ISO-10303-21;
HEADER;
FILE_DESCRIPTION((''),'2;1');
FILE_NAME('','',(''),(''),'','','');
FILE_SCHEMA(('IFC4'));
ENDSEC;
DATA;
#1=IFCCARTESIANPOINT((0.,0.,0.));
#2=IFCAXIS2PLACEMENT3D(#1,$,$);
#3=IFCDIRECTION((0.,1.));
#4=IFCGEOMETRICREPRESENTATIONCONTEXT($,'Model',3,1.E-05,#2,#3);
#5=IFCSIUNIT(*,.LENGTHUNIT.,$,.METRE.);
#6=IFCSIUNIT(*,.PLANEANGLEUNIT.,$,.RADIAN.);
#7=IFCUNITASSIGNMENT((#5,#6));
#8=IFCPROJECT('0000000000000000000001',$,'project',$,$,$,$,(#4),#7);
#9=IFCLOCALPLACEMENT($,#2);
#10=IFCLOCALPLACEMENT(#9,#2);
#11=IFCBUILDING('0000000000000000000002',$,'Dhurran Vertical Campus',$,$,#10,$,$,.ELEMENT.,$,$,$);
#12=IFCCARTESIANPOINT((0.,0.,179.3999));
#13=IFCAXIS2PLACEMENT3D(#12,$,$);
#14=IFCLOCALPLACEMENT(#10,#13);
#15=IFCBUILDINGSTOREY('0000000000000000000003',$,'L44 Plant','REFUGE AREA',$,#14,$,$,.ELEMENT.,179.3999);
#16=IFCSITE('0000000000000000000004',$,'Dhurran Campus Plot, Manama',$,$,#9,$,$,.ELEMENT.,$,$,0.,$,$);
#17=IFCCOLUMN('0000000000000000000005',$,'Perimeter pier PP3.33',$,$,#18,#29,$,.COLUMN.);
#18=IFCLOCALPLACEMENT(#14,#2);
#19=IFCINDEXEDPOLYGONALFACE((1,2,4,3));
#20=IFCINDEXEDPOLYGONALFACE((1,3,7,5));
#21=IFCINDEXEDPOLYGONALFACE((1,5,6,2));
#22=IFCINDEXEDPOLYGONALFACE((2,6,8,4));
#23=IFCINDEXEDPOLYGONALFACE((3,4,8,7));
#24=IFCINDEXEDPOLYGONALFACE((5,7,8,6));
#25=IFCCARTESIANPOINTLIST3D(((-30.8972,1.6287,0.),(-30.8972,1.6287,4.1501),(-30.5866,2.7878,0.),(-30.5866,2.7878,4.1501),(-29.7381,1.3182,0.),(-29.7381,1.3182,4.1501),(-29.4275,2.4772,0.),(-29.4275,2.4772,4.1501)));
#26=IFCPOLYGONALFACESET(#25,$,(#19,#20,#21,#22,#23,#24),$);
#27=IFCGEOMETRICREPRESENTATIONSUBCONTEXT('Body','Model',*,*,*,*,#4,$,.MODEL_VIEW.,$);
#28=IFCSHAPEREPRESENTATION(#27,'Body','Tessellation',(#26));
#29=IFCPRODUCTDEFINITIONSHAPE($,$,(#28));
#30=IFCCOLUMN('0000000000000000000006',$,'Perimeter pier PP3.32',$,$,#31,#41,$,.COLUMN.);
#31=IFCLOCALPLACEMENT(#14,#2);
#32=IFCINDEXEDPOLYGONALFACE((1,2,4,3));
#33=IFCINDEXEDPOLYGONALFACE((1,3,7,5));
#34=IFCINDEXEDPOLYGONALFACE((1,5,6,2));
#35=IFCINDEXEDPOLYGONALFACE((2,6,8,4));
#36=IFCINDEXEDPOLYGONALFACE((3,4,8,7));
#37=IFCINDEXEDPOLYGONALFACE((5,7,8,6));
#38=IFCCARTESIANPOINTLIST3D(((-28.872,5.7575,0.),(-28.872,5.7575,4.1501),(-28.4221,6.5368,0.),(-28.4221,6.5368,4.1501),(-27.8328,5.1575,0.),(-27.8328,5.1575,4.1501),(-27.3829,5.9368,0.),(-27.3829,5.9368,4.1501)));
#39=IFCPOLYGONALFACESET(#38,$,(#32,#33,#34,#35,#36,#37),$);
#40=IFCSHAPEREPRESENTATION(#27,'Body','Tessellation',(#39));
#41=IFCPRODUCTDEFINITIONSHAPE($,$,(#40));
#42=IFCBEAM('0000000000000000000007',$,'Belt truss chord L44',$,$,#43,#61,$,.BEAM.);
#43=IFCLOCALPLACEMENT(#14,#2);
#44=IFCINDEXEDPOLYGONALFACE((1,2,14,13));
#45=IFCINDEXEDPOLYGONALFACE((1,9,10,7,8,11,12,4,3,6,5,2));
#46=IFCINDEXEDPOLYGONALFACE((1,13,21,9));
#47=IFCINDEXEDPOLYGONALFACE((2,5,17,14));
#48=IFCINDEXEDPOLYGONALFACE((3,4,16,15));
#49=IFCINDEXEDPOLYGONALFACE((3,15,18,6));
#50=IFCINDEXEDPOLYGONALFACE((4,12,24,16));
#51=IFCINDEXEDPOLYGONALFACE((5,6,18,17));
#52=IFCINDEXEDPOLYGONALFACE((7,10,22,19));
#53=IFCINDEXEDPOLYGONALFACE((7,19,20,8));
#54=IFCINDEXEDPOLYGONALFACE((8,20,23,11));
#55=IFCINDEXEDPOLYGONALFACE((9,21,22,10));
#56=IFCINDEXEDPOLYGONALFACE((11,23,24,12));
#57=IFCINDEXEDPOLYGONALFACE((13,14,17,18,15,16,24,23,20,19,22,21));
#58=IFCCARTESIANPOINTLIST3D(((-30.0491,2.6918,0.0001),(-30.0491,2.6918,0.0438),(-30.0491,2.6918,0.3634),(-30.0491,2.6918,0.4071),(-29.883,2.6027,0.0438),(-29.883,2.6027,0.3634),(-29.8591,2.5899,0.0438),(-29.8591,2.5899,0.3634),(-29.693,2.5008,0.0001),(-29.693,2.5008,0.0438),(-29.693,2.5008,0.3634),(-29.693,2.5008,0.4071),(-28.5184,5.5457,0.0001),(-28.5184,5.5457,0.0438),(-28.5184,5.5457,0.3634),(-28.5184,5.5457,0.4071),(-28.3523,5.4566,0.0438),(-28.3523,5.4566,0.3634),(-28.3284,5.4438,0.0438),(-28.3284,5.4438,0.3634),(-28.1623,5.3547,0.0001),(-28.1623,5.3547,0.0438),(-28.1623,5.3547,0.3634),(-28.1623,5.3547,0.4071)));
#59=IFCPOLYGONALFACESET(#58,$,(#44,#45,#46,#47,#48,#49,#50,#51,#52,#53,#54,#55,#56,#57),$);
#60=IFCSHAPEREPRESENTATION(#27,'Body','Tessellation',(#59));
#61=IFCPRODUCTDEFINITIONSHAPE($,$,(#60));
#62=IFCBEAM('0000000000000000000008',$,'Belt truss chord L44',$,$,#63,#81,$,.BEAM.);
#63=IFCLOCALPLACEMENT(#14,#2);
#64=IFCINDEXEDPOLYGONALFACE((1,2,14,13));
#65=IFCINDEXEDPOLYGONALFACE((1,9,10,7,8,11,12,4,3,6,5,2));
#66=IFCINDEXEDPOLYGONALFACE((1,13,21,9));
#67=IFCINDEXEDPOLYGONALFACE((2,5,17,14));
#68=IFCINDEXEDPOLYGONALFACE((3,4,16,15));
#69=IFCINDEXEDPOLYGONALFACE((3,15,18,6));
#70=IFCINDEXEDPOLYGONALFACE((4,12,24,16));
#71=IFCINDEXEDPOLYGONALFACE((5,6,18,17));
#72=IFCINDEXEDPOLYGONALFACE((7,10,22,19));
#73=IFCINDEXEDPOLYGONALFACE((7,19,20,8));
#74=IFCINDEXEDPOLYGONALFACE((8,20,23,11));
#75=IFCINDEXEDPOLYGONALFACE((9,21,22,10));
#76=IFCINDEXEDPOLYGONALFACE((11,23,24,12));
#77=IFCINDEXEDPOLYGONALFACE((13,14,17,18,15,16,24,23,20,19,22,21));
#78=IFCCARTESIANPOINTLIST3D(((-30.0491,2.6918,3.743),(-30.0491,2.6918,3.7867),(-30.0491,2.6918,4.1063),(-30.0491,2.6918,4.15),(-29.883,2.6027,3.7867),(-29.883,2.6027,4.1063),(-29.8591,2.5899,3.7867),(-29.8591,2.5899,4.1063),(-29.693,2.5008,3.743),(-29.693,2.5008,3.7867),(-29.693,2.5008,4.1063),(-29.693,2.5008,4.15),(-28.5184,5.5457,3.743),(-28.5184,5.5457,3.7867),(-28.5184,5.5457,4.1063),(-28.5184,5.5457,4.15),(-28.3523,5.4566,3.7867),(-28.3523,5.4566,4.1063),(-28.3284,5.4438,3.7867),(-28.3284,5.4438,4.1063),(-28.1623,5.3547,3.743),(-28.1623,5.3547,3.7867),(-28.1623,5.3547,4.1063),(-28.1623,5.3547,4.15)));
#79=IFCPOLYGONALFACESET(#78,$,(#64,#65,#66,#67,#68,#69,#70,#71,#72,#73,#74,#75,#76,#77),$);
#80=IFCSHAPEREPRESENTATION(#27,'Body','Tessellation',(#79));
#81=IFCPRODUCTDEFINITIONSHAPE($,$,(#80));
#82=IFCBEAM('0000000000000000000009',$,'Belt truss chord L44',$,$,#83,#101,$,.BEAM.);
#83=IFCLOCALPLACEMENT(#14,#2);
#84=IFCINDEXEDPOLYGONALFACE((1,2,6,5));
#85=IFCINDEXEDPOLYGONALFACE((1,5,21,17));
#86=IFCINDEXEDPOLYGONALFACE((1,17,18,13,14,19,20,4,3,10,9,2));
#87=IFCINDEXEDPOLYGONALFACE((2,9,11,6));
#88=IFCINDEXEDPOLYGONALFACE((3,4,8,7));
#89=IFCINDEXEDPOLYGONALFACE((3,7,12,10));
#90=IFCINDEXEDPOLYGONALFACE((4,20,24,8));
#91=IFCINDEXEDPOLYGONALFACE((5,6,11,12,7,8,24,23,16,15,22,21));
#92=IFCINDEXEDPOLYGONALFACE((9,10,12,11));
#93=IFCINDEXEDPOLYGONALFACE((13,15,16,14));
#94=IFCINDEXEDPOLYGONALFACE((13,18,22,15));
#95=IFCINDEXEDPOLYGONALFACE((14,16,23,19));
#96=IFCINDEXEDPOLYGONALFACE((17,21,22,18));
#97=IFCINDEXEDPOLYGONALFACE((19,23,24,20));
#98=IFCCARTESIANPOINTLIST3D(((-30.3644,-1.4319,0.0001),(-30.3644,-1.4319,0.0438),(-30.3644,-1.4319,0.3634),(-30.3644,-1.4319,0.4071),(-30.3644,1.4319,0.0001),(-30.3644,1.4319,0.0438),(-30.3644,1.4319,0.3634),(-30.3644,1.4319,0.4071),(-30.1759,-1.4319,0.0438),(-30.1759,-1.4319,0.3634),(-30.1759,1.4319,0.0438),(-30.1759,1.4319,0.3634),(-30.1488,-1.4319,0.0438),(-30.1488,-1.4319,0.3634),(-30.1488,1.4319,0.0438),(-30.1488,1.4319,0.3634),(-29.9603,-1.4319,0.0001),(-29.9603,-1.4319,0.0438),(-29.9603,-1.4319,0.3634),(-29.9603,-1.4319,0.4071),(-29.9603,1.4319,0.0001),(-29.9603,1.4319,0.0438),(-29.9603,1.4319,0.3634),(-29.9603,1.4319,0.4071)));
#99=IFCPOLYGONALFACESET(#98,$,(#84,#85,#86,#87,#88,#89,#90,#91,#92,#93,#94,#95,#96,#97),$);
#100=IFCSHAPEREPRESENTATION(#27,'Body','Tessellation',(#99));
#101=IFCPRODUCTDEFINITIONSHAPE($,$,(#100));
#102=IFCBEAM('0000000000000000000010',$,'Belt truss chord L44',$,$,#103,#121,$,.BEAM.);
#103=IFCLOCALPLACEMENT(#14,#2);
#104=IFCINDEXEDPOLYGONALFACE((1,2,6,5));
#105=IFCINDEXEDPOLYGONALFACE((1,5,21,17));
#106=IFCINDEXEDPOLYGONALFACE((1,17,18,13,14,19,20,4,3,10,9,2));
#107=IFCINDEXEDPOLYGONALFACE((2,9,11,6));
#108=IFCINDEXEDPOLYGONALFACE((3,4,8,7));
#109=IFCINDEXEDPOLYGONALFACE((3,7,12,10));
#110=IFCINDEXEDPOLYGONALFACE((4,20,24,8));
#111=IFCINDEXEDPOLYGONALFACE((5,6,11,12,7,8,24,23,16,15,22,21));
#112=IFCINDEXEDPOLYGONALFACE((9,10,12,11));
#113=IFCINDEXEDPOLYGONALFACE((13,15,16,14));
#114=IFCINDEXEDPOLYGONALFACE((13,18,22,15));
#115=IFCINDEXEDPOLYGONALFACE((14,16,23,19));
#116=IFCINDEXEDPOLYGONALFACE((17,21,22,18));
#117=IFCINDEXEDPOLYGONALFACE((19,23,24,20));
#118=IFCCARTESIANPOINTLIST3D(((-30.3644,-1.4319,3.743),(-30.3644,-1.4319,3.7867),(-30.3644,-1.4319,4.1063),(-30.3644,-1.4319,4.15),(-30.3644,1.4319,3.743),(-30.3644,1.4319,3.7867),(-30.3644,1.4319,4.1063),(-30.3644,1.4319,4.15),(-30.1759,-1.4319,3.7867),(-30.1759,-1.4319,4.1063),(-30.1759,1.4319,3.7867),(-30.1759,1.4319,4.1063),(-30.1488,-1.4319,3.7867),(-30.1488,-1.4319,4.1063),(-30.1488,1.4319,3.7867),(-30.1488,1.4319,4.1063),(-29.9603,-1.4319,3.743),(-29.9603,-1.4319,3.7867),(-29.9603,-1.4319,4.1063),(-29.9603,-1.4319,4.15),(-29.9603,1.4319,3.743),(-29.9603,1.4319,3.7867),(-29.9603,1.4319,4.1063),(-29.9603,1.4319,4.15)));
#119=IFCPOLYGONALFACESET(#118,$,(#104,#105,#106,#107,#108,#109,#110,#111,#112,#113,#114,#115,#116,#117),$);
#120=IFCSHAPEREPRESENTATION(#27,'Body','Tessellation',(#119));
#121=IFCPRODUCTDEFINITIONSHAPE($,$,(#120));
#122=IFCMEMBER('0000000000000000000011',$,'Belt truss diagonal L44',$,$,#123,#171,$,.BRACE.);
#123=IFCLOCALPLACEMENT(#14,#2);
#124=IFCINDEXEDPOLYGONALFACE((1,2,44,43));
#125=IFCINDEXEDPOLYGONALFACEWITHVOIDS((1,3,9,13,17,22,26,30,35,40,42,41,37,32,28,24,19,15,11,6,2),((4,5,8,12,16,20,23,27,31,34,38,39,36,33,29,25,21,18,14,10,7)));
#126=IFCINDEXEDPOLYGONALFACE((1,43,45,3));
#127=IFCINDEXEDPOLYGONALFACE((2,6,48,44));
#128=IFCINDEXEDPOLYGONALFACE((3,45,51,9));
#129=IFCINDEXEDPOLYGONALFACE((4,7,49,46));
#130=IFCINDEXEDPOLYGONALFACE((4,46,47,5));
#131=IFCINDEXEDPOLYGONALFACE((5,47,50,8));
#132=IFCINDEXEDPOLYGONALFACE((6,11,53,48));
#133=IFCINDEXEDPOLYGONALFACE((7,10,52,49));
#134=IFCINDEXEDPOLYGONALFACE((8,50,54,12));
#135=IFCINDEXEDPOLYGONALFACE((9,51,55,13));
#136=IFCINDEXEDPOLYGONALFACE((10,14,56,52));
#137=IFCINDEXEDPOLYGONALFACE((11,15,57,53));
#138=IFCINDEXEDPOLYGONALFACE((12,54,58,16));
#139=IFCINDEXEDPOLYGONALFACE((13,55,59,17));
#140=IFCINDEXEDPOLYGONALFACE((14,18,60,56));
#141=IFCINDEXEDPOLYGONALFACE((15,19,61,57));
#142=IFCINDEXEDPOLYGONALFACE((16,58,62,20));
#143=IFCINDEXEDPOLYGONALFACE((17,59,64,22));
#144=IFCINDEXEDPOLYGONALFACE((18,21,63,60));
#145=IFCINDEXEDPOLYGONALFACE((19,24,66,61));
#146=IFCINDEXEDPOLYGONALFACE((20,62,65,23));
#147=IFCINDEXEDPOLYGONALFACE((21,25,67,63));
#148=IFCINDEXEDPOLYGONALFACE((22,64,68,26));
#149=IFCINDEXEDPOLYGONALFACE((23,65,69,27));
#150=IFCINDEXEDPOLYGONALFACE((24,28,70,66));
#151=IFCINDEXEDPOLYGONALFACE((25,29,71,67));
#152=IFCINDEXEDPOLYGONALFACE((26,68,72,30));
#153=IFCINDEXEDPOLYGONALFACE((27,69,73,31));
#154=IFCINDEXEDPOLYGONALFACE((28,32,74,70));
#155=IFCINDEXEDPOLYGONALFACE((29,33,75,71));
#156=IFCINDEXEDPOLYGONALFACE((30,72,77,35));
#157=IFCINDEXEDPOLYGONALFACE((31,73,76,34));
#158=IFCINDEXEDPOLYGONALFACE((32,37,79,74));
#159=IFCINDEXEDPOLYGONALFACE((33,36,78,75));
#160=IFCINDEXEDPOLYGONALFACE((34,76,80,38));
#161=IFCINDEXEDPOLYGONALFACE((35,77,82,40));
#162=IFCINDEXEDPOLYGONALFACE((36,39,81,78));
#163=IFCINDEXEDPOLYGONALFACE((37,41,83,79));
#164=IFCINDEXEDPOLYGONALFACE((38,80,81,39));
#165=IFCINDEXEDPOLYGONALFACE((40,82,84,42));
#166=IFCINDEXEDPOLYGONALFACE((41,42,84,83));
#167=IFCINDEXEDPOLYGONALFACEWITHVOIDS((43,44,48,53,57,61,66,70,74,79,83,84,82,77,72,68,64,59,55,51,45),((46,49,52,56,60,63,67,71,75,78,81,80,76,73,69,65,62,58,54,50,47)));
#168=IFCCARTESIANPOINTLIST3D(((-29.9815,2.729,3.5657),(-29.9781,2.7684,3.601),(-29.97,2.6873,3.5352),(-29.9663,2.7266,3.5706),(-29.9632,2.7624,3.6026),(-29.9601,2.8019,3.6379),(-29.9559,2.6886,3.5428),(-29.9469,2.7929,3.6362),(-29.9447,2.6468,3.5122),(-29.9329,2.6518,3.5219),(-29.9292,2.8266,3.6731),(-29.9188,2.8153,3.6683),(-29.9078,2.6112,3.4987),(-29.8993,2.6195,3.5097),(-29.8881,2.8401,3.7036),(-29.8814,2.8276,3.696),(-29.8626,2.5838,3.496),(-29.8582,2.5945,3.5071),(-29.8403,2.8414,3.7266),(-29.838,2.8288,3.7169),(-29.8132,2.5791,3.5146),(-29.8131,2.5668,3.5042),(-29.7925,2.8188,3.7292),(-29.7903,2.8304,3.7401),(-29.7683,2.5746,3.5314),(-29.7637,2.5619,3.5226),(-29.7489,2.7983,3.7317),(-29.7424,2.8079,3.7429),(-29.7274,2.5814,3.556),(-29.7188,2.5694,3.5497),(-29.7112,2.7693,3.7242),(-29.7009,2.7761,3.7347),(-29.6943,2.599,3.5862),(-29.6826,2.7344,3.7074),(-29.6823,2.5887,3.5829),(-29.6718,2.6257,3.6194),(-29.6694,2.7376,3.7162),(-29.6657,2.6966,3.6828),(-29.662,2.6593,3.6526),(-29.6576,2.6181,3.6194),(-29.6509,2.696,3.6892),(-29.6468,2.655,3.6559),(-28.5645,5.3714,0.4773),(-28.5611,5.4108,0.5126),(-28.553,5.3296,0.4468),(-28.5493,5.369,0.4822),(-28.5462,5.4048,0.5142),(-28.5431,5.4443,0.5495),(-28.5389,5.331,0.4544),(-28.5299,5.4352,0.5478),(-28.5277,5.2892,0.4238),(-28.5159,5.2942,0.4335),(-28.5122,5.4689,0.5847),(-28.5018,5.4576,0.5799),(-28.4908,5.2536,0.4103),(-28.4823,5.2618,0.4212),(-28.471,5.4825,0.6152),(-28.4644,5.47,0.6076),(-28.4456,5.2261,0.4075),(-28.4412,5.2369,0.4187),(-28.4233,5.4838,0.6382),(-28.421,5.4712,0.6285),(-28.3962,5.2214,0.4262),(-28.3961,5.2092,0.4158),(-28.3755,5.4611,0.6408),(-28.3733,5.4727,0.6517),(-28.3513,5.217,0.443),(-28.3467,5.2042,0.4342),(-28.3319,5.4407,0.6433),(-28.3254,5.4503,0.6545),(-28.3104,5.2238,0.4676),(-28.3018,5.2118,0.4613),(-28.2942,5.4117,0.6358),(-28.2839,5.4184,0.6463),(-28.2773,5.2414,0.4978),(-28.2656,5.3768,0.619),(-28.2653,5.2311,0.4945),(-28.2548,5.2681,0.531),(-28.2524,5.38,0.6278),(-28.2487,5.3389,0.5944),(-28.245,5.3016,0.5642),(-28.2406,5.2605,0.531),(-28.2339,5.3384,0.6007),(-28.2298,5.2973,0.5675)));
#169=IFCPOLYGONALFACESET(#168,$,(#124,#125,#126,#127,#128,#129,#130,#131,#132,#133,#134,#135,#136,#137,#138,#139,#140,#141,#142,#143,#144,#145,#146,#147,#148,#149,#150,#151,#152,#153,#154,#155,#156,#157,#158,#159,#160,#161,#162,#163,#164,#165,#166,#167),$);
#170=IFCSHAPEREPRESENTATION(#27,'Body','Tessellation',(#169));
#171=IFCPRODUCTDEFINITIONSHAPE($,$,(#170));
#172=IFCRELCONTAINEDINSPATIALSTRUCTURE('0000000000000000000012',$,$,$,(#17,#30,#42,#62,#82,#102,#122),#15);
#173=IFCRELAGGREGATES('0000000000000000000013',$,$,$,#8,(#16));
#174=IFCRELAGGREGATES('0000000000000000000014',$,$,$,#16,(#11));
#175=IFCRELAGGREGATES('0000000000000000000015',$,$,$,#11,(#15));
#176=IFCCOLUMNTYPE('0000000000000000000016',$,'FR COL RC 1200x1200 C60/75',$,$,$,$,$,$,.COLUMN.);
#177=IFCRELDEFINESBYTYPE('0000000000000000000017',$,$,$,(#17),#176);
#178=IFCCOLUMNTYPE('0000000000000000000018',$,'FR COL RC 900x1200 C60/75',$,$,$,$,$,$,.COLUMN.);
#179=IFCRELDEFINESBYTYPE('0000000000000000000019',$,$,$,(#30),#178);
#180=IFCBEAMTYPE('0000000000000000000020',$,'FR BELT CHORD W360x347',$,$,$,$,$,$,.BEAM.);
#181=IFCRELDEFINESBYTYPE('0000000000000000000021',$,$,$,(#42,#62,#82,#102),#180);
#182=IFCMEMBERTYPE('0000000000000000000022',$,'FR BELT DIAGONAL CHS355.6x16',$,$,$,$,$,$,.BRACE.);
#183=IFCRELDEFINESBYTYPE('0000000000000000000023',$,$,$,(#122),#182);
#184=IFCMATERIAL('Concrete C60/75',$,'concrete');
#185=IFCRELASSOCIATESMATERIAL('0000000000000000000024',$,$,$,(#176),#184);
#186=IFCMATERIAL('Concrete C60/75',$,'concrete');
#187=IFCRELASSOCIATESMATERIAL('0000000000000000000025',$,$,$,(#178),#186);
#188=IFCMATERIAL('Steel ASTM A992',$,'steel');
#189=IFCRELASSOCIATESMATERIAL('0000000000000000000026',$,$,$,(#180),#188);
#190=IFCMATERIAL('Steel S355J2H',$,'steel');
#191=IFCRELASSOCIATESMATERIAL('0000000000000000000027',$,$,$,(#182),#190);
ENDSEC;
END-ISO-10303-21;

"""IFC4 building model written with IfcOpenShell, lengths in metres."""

from ifc_helpers import new_model, si_unit, direction, frame, origin, origin_2d, place, context, subcontext, project, spatial, rectangle, hollow_circle, i_section, extrude, material, material_profile, profile_set, type_object, element, save


model = new_model("IFC4")

# Units and contexts
model_context = context("Model", 3, precision=1e-05, world=origin(), true_north=direction((0.0, 1.0)))
body_context = subcontext(model_context, "Body", "Model", "MODEL_VIEW")
ifc_project = project(units=[si_unit("LENGTHUNIT", "METRE"), si_unit("PLANEANGLEUNIT", "RADIAN")], contexts=[model_context])

# Site, building, storey
site_placement = place(None, origin())
site = spatial("IfcSite", under=ifc_project, at=site_placement, Name="Dhurran Campus Plot, Manama", CompositionType="ELEMENT", RefElevation=0.0)
building_placement = place(site_placement, origin())
building = spatial("IfcBuilding", under=site, at=building_placement, Name="Dhurran Vertical Campus", CompositionType="ELEMENT")
storey_placement = place(building_placement, frame((0.0, 0.0, 179.3999)))
storey = spatial("IfcBuildingStorey", under=building, at=storey_placement, Name="L44 Plant", Description="REFUGE AREA", CompositionType="ELEMENT", Elevation=179.3999)

# Columns
ifc_material_1 = material(Name="Concrete C60/75", Category="concrete")
ifc_material_profile_1 = material_profile(ifc_material_1, rectangle(XDim=1.2, YDim=1.2, at=origin_2d()), Name="RC 1200x1200")
ifc_profile_set_1 = profile_set([ifc_material_profile_1], Name="Concrete C60/75")
column_type_1 = type_object("IfcColumnType", Name="FR COL RC 1200x1200 C60/75", PredefinedType="COLUMN", material=ifc_profile_set_1)
column_1_placement = place(storey_placement, frame((-30.1624, 2.053, 0.0), z_axis=(0.0, 0.0, 1.0), x_axis=(-0.258819, -0.965926, 0.0)))
element("IfcColumn", 1, at=column_1_placement, inside=storey, type_object=column_type_1, Name="Perimeter pier PP3.33", PredefinedType="COLUMN", context=body_context, shape_type="SweptSolid", body=[
    extrude(rectangle(XDim=1.2, YDim=1.2, at=origin_2d()), origin(), (0.0, 0.0, 1.0), 4.1501),
])
ifc_material_2 = material(Name="Concrete C60/75", Category="concrete")
ifc_material_profile_2 = material_profile(ifc_material_2, rectangle(XDim=0.8999, YDim=1.2, at=origin_2d()), Name="RC 900x1200")
ifc_profile_set_2 = profile_set([ifc_material_profile_2], Name="Concrete C60/75")
column_type_2 = type_object("IfcColumnType", Name="FR COL RC 900x1200 C60/75", PredefinedType="COLUMN", material=ifc_profile_set_2)
column_2_placement = place(storey_placement, frame((-28.1274, 5.8472, 0.0), z_axis=(0.0, 0.0, 1.0), x_axis=(-0.5, -0.866025, 0.0)))
element("IfcColumn", 2, at=column_2_placement, inside=storey, type_object=column_type_2, Name="Perimeter pier PP3.32", PredefinedType="COLUMN", context=body_context, shape_type="SweptSolid", body=[
    extrude(rectangle(XDim=0.8999, YDim=1.2, at=origin_2d()), origin(), (0.0, 0.0, 1.0), 4.1501),
])

# Beams
ifc_material_3 = material(Name="Steel ASTM A992", Category="steel")
ifc_material_profile_3 = material_profile(ifc_material_3, i_section(OverallWidth=0.4041, OverallDepth=0.407, WebThickness=0.0271, FlangeThickness=0.0437, at=origin_2d()), Name="W360x347")
ifc_profile_set_3 = profile_set([ifc_material_profile_3], Name="Steel ASTM A992")
beam_type = type_object("IfcBeamType", Name="FR BELT CHORD W360x347", PredefinedType="BEAM", material=ifc_profile_set_3)
for number, where, z_axis, x_axis, name in (
    (3, (-28.3403, 5.4502, 0.2036), (-0.472661, -0.881245, 0.0), (0.881245, -0.472661, 0.0), "Belt truss chord L44"),
    (4, (-28.3403, 5.4502, 3.9465), (-0.472661, -0.881245, 0.0), (0.881245, -0.472661, 0.0), "Belt truss chord L44"),
):
    element("IfcBeam", number, at=place(storey_placement, frame(where, z_axis=z_axis, x_axis=x_axis)), inside=storey, type_object=beam_type, Name=name, PredefinedType="BEAM", context=body_context, shape_type="SweptSolid", body=[
        extrude(i_section(OverallWidth=0.4041, OverallDepth=0.407, WebThickness=0.0271, FlangeThickness=0.0437, at=origin_2d()), origin(), (0.0, 0.0, 1.0), 3.2385),
    ])
for number, where, z_axis, x_axis, name in (
    (5, (-30.1624, 1.4319, 0.2036), (0.0, -1.0, 0.0), (1.0, 0.0, 0.0), "Belt truss chord L44"),
    (6, (-30.1624, 1.4319, 3.9465), (0.0, -1.0, 0.0), (1.0, 0.0, 0.0), "Belt truss chord L44"),
):
    element("IfcBeam", number, at=place(storey_placement, frame(where, z_axis=z_axis, x_axis=x_axis)), inside=storey, type_object=beam_type, Name=name, PredefinedType="BEAM", context=body_context, shape_type="SweptSolid", body=[
        extrude(i_section(OverallWidth=0.4041, OverallDepth=0.407, WebThickness=0.0271, FlangeThickness=0.0437, at=origin_2d()), origin(), (0.0, 0.0, 1.0), 2.8638),
    ])

# Member
ifc_material_4 = material(Name="Steel S355J2H", Category="steel")
ifc_material_profile_4 = material_profile(ifc_material_4, hollow_circle(Radius=0.1777, WallThickness=0.0161, at=origin_2d()), Name="CHS355.6x16")
ifc_profile_set_4 = profile_set([ifc_material_profile_4], Name="Steel S355J2H")
member_type = type_object("IfcMemberType", Name="FR BELT DIAGONAL CHS355.6x16", PredefinedType="BRACE", material=ifc_profile_set_4)
member_placement = place(storey_placement, frame((-28.3972, 5.3445, 0.531), z_axis=(-0.329196, -0.613868, 0.717493), x_axis=(0.881278, -0.472599, 0.0)))
element("IfcMember", 7, at=member_placement, inside=storey, type_object=member_type, Name="Belt truss diagonal L44", PredefinedType="BRACE", context=body_context, shape_type="SweptSolid", body=[
    extrude(hollow_circle(Radius=0.1777, WallThickness=0.0161, at=origin_2d()), origin(), (0.0, 0.0, 1.0), 4.3044),
])

save(model, "model.ifc")
